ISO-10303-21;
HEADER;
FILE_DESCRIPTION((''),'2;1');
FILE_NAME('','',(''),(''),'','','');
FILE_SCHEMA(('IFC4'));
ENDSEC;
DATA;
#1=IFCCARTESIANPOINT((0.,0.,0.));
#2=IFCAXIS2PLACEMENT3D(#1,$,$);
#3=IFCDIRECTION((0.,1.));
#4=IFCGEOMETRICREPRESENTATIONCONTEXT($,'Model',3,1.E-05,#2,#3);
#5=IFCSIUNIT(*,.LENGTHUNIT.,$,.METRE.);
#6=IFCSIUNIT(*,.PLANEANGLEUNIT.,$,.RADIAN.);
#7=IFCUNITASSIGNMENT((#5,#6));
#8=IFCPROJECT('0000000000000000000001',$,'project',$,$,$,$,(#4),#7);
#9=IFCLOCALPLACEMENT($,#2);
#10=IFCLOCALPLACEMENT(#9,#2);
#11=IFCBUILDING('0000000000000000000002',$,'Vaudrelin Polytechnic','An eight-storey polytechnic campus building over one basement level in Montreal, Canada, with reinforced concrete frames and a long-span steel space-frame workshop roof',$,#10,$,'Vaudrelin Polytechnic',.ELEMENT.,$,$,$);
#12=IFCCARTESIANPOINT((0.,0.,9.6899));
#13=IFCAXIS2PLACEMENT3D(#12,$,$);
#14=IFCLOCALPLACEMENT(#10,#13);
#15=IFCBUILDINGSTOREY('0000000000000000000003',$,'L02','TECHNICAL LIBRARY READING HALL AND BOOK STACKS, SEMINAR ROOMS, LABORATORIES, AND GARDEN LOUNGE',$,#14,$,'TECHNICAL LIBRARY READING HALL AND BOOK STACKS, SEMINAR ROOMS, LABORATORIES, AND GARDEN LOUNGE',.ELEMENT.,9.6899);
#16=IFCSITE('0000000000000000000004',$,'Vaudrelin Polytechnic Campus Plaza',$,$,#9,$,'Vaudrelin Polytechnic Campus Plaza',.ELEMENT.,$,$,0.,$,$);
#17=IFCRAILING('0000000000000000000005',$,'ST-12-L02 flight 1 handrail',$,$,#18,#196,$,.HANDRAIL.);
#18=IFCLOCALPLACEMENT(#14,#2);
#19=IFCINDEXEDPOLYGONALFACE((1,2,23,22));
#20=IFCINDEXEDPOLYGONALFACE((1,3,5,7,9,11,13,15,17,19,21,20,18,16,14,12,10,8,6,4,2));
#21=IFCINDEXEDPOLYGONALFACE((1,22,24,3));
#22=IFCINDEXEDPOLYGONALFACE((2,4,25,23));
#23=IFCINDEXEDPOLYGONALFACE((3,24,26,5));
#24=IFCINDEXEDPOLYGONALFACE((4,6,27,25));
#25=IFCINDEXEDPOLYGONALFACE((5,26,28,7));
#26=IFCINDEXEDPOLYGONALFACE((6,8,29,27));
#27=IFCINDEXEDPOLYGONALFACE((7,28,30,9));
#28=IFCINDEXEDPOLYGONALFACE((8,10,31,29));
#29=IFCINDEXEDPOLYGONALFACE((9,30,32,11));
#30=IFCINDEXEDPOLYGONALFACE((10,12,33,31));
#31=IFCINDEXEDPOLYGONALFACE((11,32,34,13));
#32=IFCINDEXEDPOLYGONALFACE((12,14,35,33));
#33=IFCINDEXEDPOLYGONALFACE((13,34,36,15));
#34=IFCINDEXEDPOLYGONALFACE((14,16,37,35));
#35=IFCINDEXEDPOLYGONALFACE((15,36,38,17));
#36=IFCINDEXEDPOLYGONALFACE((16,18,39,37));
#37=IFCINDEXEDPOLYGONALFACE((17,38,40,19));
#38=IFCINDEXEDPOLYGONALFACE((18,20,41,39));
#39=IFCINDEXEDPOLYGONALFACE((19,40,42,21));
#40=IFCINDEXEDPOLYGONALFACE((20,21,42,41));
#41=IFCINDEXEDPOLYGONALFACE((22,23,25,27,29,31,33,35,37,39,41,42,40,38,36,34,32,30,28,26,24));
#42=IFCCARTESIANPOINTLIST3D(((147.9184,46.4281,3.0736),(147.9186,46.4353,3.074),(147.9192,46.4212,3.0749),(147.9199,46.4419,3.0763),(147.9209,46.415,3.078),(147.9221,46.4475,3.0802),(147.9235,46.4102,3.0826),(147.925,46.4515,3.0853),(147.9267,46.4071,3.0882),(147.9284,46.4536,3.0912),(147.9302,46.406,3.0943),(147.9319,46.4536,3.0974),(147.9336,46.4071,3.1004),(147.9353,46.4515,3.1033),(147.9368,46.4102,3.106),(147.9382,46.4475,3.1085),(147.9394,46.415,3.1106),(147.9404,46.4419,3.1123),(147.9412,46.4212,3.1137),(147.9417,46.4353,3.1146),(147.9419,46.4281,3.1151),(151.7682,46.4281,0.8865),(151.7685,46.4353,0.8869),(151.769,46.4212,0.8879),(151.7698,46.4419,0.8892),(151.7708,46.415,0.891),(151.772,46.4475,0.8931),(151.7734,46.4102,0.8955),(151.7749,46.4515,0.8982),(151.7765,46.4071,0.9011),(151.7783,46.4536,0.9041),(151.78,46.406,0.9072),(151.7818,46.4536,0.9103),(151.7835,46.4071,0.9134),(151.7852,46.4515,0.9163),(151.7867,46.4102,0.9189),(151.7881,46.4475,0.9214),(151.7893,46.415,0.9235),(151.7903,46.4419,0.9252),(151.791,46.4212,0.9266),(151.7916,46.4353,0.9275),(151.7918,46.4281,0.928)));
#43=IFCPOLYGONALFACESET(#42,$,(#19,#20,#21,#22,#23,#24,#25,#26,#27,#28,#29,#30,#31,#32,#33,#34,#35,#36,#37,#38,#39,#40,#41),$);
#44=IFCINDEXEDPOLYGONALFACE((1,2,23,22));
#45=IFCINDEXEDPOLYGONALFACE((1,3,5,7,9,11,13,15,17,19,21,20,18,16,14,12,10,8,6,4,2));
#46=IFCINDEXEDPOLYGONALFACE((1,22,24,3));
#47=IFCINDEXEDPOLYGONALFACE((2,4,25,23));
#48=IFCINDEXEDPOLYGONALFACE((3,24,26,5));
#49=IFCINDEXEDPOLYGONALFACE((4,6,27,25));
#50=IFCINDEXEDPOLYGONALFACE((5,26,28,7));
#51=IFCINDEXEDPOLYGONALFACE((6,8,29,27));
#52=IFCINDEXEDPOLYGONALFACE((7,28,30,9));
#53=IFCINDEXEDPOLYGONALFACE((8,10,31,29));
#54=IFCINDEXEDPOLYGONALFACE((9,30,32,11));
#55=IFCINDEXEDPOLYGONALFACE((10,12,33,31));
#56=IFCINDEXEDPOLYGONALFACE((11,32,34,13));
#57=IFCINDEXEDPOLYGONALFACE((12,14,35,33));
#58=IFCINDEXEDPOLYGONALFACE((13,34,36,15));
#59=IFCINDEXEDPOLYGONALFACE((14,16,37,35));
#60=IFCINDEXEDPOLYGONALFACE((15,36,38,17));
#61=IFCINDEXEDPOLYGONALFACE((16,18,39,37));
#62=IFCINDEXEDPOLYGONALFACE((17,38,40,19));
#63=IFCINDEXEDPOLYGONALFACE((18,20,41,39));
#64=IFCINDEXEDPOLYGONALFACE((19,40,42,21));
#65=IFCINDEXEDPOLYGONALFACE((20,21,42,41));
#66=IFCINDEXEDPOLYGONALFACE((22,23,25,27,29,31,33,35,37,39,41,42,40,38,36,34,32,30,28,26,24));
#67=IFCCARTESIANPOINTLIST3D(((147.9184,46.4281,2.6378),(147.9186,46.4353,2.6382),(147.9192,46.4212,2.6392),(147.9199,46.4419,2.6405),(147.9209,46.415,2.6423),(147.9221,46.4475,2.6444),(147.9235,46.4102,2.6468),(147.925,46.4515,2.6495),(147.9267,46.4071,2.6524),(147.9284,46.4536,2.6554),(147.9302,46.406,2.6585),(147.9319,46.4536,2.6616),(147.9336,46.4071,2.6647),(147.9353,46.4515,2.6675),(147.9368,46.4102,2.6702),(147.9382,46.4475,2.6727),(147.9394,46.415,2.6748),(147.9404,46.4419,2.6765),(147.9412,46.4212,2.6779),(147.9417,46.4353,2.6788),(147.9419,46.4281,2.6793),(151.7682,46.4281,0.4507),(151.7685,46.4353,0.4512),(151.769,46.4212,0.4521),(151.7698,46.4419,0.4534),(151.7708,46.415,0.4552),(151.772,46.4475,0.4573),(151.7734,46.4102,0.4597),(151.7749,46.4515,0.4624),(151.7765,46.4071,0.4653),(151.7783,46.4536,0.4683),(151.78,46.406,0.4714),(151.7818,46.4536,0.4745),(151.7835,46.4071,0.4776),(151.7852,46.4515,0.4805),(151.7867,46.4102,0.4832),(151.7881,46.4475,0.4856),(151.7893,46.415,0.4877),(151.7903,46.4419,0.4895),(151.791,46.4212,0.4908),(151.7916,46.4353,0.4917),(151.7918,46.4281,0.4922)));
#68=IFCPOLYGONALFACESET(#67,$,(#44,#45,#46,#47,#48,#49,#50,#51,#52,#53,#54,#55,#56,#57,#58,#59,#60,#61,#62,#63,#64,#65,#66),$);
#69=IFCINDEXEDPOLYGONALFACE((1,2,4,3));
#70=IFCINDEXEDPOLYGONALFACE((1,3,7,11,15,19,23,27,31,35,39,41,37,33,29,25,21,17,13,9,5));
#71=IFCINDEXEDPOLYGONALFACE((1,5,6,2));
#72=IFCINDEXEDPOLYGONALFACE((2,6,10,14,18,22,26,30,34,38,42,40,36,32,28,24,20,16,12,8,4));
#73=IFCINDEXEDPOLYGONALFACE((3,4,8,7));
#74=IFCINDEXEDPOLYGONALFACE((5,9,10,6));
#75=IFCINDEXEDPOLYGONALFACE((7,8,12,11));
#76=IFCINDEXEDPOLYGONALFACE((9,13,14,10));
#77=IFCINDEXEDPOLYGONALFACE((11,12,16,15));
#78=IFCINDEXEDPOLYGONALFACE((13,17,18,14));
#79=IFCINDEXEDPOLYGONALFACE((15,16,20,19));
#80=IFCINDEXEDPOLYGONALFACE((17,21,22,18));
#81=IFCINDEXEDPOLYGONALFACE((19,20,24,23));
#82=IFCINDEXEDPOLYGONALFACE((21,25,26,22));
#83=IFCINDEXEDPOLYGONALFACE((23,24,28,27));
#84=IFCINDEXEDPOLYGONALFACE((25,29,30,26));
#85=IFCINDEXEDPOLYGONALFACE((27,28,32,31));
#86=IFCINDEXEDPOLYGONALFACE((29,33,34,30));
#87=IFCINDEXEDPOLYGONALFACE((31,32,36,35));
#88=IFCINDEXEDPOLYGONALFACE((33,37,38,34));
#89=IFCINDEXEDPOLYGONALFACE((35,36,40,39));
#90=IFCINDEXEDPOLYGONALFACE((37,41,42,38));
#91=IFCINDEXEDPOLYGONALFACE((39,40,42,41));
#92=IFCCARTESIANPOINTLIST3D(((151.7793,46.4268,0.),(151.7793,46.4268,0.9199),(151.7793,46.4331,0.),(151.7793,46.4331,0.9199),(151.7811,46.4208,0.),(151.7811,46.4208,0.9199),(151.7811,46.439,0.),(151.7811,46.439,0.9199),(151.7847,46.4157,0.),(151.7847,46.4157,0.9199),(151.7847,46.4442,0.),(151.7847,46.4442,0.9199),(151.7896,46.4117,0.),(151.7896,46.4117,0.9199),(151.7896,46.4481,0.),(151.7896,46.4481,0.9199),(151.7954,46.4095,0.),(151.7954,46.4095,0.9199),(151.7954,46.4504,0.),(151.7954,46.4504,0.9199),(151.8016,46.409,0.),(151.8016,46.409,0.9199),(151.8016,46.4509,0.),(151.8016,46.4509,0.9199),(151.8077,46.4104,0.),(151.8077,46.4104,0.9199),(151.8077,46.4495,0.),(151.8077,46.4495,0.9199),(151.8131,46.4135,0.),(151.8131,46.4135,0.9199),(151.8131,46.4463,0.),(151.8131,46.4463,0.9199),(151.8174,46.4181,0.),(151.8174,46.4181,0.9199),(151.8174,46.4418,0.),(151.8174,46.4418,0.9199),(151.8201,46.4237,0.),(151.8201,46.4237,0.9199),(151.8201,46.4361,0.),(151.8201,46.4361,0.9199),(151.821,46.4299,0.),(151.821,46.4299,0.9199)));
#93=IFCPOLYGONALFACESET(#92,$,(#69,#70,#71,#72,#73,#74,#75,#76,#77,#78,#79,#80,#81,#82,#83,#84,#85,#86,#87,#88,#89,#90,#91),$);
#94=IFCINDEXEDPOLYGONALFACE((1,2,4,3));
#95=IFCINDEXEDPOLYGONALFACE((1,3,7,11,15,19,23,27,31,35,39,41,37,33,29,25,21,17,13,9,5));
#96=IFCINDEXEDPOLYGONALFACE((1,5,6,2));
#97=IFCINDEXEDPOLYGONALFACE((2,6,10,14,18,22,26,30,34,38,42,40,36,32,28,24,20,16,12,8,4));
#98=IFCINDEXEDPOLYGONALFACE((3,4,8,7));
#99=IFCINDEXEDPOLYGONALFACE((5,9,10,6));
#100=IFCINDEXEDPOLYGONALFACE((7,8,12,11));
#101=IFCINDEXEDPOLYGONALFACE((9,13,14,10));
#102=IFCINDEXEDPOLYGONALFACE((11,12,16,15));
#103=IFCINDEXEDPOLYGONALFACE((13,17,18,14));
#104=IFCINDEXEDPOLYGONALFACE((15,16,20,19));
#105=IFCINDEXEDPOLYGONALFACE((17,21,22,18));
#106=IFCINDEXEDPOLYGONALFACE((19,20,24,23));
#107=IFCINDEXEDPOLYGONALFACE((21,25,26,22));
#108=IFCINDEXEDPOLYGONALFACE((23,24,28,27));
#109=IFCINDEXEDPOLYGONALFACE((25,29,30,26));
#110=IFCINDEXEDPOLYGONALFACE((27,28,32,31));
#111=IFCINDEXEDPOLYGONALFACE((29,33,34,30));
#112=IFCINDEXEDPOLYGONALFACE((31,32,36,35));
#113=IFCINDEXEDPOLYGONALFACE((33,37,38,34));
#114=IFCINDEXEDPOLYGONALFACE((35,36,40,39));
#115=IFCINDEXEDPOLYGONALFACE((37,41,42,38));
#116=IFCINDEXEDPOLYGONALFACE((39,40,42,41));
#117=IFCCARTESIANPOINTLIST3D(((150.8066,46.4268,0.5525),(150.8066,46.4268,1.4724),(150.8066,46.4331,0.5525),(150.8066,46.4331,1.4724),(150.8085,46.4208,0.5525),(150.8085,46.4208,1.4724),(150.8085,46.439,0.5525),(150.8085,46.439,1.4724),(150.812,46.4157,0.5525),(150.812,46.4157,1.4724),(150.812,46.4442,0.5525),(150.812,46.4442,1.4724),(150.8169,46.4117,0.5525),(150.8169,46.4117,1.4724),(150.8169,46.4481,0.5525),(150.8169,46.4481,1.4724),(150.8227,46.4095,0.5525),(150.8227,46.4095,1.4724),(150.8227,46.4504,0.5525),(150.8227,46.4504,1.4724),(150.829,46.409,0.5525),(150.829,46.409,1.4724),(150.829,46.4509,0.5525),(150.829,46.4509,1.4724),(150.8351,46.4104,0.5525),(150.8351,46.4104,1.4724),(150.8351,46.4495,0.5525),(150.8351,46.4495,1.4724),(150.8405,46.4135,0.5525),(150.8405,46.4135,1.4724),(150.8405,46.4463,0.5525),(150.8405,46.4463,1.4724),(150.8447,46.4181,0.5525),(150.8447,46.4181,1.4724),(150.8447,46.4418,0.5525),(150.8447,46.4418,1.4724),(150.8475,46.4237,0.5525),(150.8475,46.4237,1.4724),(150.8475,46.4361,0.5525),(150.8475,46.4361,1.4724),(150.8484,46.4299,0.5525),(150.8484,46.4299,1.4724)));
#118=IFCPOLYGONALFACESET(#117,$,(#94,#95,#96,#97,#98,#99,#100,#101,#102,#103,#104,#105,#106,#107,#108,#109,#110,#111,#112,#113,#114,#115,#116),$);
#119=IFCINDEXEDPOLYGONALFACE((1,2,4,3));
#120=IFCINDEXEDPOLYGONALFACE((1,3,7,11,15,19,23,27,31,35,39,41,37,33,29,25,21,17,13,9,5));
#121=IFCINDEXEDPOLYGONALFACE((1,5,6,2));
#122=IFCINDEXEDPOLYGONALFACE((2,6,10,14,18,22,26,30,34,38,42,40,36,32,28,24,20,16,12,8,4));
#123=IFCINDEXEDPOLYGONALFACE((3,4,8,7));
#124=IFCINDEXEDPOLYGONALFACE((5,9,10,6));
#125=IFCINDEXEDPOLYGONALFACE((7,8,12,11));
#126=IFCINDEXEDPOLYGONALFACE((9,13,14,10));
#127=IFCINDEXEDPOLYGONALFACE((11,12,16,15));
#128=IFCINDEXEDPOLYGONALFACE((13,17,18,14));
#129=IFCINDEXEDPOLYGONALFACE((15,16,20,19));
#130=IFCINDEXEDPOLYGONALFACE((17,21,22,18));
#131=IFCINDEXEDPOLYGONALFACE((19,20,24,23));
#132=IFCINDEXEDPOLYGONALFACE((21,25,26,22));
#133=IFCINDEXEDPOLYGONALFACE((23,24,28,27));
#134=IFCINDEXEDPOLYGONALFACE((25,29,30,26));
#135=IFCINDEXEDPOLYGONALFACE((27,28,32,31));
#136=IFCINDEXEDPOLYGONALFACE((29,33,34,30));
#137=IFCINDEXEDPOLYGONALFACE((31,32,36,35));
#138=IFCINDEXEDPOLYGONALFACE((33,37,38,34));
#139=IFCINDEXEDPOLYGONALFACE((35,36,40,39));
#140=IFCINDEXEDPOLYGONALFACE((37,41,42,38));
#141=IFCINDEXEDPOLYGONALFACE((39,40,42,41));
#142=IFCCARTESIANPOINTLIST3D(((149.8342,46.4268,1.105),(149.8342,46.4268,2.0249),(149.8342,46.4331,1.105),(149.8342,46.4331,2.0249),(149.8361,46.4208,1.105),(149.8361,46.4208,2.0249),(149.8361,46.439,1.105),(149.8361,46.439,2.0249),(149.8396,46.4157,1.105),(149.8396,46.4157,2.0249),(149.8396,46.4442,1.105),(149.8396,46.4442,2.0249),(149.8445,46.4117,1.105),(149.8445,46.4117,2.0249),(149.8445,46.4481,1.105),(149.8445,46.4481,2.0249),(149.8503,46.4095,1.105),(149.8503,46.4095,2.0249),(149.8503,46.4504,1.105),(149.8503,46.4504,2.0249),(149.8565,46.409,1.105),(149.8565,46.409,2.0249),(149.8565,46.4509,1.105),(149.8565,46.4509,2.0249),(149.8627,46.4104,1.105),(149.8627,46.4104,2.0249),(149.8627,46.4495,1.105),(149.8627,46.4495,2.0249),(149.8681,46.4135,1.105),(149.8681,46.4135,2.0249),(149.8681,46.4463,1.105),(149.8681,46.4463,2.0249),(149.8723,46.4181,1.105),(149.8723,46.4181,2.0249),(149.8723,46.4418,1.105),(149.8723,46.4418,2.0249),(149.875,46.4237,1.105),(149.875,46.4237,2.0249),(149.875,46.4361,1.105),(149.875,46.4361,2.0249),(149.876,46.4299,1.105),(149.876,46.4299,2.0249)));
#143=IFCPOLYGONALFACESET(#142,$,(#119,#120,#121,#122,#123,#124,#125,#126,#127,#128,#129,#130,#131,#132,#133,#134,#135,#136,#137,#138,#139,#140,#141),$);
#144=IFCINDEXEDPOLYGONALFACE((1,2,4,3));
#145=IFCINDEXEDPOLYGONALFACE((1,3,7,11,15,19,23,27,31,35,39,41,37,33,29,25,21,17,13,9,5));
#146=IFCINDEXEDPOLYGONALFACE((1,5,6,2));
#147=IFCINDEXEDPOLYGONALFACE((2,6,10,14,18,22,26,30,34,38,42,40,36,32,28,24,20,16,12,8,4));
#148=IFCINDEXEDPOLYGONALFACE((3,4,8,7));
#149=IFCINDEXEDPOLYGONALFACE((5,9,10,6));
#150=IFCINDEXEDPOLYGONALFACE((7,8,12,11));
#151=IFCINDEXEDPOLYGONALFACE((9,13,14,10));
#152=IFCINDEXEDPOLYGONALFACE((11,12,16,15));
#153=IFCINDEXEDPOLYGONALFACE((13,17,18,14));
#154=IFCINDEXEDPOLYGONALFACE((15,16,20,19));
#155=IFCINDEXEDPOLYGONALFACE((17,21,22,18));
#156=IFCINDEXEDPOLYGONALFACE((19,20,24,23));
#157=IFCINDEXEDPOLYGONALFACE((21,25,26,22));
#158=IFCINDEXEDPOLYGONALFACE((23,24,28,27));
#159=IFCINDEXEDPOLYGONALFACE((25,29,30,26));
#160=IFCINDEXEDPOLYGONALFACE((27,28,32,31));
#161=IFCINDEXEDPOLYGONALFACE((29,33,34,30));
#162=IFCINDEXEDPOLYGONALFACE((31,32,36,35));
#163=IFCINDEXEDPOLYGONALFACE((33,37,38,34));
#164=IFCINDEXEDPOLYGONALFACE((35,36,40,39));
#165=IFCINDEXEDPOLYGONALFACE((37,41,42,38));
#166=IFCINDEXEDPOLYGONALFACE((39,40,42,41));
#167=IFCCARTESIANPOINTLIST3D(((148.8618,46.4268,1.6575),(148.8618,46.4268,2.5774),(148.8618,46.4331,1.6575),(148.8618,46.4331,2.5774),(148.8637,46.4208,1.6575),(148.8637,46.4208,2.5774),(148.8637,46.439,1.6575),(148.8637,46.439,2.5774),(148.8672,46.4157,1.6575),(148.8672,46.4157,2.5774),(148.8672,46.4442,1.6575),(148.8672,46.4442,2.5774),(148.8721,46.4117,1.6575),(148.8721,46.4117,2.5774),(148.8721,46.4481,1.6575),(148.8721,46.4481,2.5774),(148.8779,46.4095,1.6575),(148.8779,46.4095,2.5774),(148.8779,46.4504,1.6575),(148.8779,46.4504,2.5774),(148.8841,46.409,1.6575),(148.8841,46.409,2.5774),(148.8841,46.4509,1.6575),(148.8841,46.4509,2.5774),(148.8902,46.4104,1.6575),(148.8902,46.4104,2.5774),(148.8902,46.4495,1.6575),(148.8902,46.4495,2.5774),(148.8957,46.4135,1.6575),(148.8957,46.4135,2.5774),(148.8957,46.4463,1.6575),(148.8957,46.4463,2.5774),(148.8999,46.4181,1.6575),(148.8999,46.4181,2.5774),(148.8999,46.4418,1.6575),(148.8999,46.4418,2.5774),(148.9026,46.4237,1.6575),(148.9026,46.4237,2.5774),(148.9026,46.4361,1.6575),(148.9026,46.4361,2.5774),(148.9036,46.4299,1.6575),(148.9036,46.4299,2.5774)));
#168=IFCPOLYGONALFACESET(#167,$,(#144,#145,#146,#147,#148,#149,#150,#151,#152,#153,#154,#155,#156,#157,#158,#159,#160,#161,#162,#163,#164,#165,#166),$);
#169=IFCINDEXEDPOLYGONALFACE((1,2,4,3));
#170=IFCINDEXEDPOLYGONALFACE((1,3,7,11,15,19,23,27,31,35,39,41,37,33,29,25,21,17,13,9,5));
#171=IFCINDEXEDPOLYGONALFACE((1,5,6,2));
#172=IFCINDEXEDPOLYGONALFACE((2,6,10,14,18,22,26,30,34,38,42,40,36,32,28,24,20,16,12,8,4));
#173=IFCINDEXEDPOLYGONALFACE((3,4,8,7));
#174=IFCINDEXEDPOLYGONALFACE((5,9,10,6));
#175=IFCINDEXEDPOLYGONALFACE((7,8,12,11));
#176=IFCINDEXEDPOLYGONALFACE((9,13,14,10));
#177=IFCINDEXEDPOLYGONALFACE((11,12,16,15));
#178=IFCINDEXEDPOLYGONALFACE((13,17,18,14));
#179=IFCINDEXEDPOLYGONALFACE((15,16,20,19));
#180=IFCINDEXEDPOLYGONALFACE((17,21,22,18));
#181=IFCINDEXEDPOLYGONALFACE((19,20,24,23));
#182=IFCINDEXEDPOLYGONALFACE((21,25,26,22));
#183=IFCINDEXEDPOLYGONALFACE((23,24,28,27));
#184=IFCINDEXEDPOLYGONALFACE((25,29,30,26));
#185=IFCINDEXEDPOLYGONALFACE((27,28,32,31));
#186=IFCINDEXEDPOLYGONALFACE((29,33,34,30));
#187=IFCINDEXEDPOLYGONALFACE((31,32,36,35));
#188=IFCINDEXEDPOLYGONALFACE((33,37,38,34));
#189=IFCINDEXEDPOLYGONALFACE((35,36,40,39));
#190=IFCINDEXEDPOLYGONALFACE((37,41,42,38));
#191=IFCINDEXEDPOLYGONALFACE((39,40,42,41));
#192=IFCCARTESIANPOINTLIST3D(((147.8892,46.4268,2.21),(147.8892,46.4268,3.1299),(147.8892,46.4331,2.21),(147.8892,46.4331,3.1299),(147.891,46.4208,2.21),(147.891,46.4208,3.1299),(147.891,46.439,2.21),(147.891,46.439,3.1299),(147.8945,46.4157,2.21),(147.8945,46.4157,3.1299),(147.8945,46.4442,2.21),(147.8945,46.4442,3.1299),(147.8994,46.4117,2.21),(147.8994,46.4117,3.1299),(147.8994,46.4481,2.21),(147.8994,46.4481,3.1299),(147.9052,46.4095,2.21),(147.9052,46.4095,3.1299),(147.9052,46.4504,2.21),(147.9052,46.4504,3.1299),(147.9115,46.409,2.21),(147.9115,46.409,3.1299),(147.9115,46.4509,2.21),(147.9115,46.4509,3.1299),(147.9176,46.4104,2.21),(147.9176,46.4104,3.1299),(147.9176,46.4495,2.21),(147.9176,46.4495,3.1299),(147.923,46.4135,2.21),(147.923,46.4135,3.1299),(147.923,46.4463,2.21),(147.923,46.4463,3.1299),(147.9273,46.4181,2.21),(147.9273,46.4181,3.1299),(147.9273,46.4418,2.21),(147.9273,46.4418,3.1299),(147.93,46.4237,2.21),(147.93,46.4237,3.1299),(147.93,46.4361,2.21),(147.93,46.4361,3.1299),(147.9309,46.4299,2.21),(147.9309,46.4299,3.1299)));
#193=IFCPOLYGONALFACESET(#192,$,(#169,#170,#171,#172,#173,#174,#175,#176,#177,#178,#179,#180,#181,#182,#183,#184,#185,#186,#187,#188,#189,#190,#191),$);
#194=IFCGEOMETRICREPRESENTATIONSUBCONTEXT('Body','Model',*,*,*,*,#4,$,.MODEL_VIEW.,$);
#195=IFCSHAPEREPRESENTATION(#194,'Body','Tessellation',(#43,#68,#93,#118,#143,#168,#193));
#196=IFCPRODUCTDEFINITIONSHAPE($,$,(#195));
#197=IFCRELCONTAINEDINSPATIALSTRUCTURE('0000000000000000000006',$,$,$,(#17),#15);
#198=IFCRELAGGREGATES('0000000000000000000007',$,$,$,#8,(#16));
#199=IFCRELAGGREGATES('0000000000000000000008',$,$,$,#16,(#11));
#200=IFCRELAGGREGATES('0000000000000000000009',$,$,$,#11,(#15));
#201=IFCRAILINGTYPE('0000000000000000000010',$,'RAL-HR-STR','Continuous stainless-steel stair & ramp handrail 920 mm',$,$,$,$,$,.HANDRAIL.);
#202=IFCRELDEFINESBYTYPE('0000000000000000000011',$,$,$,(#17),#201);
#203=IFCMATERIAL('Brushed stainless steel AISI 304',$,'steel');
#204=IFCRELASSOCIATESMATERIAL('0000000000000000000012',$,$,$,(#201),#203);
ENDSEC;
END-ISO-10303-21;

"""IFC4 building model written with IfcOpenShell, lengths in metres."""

from ifc_helpers import new_model, si_unit, direction, frame, origin, origin_2d, place, context, subcontext, project, spatial, circle, extrude, material, type_object, element, save


model = new_model("IFC4")

# Units and contexts
model_context = context("Model", 3, precision=1e-05, world=origin(), true_north=direction((0.0, 1.0)))
body_context = subcontext(model_context, "Body", "Model", "MODEL_VIEW")
ifc_project = project(units=[si_unit("LENGTHUNIT", "METRE"), si_unit("PLANEANGLEUNIT", "RADIAN")], contexts=[model_context])

# Site, building, storey
site_placement = place(None, origin())
site = spatial("IfcSite", under=ifc_project, at=site_placement, Name="Vaudrelin Polytechnic Campus Plaza", LongName="Vaudrelin Polytechnic Campus Plaza", CompositionType="ELEMENT", RefElevation=0.0)
building_placement = place(site_placement, origin())
building = spatial("IfcBuilding", under=site, at=building_placement, Name="Vaudrelin Polytechnic", Description="An eight-storey polytechnic campus building over one basement level in Montreal, Canada, with reinforced concrete frames and a long-span steel space-frame workshop roof", LongName="Vaudrelin Polytechnic", CompositionType="ELEMENT")
storey_placement = place(building_placement, frame((0.0, 0.0, 9.6899)))
storey = spatial("IfcBuildingStorey", under=building, at=storey_placement, Name="L02", Description="TECHNICAL LIBRARY READING HALL AND BOOK STACKS, SEMINAR ROOMS, LABORATORIES, AND GARDEN LOUNGE", LongName="TECHNICAL LIBRARY READING HALL AND BOOK STACKS, SEMINAR ROOMS, LABORATORIES, AND GARDEN LOUNGE", CompositionType="ELEMENT", Elevation=9.6899)

# Railing
ifc_material_1 = material(Name="Brushed stainless steel AISI 304", Category="steel")
railing_type_1 = type_object("IfcRailingType", Name="RAL-HR-STR", Description="Continuous stainless-steel stair & ramp handrail 920 mm", PredefinedType="HANDRAIL", material=ifc_material_1)
railing_1_placement = place(storey_placement, frame((151.8, 46.4299, 0.0)))
element("IfcRailing", 1, at=railing_1_placement, inside=storey, type_object=railing_type_1, Name="ST-12-L02 flight 1 handrail", PredefinedType="HANDRAIL", context=body_context, shape_type="SweptSolid", body=[
    extrude(circle(Radius=0.0239, at=origin_2d()), frame((-0.02, 0.0, 0.9072), z_axis=(-0.86949, 0.0, 0.493951), x_axis=(0.0, -1.0, 0.0)), (0.0, 0.0, 1.0), 4.4277),
    extrude(circle(Radius=0.0239, at=origin_2d()), frame((-0.02, 0.0, 0.4714), z_axis=(-0.86949, 0.0, 0.493951), x_axis=(0.0, -1.0, 0.0)), (0.0, 0.0, 1.0), 4.4277),
    extrude(circle(Radius=0.021, at=origin_2d()), origin(), (0.0, 0.0, 1.0), 0.9199),
    extrude(circle(Radius=0.021, at=origin_2d()), frame((-0.9727, 0.0, 0.5525)), (0.0, 0.0, 1.0), 0.9199),
    extrude(circle(Radius=0.021, at=origin_2d()), frame((-1.9451, 0.0, 1.105)), (0.0, 0.0, 1.0), 0.9199),
    extrude(circle(Radius=0.021, at=origin_2d()), frame((-2.9175, 0.0, 1.6575)), (0.0, 0.0, 1.0), 0.9199),
    extrude(circle(Radius=0.021, at=origin_2d()), frame((-3.8901, 0.0, 2.21)), (0.0, 0.0, 1.0), 0.9199),
])

save(model, "model.ifc")
